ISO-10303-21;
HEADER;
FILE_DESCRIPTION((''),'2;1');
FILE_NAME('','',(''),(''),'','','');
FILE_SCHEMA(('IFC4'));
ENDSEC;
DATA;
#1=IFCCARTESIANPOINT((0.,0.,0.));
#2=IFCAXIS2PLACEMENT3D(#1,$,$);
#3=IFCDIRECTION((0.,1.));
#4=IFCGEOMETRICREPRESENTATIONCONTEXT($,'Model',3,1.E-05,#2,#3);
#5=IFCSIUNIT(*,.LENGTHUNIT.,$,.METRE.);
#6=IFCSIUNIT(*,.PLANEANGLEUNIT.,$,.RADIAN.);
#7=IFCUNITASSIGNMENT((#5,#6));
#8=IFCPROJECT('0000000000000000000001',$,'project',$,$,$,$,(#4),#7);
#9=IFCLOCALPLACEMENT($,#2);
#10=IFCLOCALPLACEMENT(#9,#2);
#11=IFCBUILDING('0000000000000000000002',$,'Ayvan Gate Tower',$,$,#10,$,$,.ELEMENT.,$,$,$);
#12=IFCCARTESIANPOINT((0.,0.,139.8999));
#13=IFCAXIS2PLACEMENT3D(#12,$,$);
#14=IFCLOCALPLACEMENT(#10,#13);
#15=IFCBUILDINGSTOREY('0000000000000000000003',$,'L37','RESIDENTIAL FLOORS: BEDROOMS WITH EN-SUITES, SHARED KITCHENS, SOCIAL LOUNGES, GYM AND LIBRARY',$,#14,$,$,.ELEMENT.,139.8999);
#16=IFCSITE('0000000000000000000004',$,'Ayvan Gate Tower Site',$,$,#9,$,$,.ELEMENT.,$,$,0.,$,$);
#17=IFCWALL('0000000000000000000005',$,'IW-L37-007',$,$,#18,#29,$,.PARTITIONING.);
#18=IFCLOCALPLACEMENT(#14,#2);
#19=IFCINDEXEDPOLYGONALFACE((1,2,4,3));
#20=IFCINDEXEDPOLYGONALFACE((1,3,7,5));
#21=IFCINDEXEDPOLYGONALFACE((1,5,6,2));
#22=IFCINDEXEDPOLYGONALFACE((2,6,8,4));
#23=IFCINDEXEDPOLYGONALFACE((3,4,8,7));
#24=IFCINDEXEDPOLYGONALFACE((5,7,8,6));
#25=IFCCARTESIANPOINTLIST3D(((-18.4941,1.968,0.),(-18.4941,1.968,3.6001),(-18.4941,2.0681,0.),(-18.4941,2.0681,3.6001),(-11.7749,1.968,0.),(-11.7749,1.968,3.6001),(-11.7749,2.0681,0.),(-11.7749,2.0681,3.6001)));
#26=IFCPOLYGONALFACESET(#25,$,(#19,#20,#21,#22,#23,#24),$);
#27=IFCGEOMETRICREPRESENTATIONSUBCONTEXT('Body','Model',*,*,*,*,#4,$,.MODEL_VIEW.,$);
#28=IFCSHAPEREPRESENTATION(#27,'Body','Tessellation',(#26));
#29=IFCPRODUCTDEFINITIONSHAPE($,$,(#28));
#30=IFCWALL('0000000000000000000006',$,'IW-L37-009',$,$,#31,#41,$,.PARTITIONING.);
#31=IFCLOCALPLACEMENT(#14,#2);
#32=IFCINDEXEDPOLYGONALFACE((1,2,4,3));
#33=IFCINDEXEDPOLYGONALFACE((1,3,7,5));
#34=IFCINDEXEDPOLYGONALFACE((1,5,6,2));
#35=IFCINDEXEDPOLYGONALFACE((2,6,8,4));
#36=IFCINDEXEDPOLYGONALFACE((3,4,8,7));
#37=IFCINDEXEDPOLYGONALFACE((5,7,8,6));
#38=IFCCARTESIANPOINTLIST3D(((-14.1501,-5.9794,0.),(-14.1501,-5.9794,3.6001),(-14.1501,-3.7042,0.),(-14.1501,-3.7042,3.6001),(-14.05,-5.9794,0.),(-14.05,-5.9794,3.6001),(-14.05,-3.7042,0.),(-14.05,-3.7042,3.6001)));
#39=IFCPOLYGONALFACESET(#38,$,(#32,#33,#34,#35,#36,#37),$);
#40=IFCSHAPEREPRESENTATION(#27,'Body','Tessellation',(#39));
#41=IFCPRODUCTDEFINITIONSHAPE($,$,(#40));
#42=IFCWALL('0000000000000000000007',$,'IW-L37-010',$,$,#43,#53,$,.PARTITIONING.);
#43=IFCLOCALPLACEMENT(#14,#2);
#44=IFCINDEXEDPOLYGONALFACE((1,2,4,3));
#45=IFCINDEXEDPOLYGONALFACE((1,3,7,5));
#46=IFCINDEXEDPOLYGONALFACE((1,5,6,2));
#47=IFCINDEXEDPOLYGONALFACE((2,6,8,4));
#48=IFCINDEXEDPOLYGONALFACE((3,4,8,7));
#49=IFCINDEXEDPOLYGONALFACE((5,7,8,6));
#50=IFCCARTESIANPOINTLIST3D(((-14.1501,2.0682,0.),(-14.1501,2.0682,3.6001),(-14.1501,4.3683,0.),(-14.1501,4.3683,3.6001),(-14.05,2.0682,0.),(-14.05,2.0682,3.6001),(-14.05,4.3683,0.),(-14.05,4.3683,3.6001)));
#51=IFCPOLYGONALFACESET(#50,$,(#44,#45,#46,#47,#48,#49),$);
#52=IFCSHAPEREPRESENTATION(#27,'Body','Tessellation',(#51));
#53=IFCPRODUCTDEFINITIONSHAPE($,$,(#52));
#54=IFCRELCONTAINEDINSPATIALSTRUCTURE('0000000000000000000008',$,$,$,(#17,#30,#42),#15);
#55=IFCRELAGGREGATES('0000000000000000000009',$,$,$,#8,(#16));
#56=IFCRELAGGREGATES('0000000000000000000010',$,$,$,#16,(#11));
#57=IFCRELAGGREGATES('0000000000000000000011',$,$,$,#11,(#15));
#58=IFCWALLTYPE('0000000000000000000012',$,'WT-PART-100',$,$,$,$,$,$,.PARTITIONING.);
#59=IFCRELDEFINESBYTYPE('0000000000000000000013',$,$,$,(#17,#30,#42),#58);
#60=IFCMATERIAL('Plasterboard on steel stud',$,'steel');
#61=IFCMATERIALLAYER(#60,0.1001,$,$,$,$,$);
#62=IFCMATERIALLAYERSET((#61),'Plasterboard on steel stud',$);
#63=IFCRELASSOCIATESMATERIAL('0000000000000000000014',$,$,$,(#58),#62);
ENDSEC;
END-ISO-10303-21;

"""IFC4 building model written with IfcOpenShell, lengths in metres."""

from ifc_helpers import new_model, si_unit, direction, frame, frame_2d, origin, place, context, subcontext, project, spatial, rectangle, extrude, material, layer, layer_set, type_object, element, save


model = new_model("IFC4")

# Units and contexts
model_context = context("Model", 3, precision=1e-05, world=origin(), true_north=direction((0.0, 1.0)))
body_context = subcontext(model_context, "Body", "Model", "MODEL_VIEW")
ifc_project = project(units=[si_unit("LENGTHUNIT", "METRE"), si_unit("PLANEANGLEUNIT", "RADIAN")], contexts=[model_context])

# Site, building, storey
site_placement = place(None, origin())
site = spatial("IfcSite", under=ifc_project, at=site_placement, Name="Ayvan Gate Tower Site", CompositionType="ELEMENT", RefElevation=0.0)
building_placement = place(site_placement, origin())
building = spatial("IfcBuilding", under=site, at=building_placement, Name="Ayvan Gate Tower", CompositionType="ELEMENT")
storey_placement = place(building_placement, frame((0.0, 0.0, 139.8999)))
storey = spatial("IfcBuildingStorey", under=building, at=storey_placement, Name="L37", Description="RESIDENTIAL FLOORS: BEDROOMS WITH EN-SUITES, SHARED KITCHENS, SOCIAL LOUNGES, GYM AND LIBRARY", CompositionType="ELEMENT", Elevation=139.8999)

# Shared definitions
ifc_material_1 = material(Name="Plasterboard on steel stud", Category="steel")

# Shared definitions
ifc_layer_1 = layer(ifc_material_1, 0.1001)
ifc_layer_set_1 = layer_set([ifc_layer_1], Name="Plasterboard on steel stud")
wall_type_1 = type_object("IfcWallType", Name="WT-PART-100", PredefinedType="PARTITIONING", material=ifc_layer_set_1)

# Walls
wall_1_placement = place(storey_placement, frame((-18.4941, 2.0181, 0.0), z_axis=(0.0, 0.0, 1.0), x_axis=(1.0, 0.0, 0.0)))
element("IfcWall", 1, at=wall_1_placement, inside=storey, type_object=wall_type_1, Name="IW-L37-007", PredefinedType="PARTITIONING", context=body_context, shape_type="SweptSolid", body=[
    extrude(rectangle(XDim=6.7192, YDim=0.1001, at=frame_2d((3.3596, 0.0))), origin(), (0.0, 0.0, 1.0), 3.6001),
])
wall_2_placement = place(storey_placement, frame((-14.1001, -3.7041, 0.0), z_axis=(0.0, 0.0, 1.0), x_axis=(0.0, -1.0, 0.0)))
element("IfcWall", 2, at=wall_2_placement, inside=storey, type_object=wall_type_1, Name="IW-L37-009", PredefinedType="PARTITIONING", context=body_context, shape_type="SweptSolid", body=[
    extrude(rectangle(XDim=2.2751, YDim=0.1001, at=frame_2d((1.1377, 0.0))), origin(), (0.0, 0.0, 1.0), 3.6001),
])
wall_3_placement = place(storey_placement, frame((-14.1001, 4.3682, 0.0), z_axis=(0.0, 0.0, 1.0), x_axis=(0.0, -1.0, 0.0)))
element("IfcWall", 3, at=wall_3_placement, inside=storey, type_object=wall_type_1, Name="IW-L37-010", PredefinedType="PARTITIONING", context=body_context, shape_type="SweptSolid", body=[
    extrude(rectangle(XDim=2.3, YDim=0.1001, at=frame_2d((1.1499, 0.0))), origin(), (0.0, 0.0, 1.0), 3.6001),
])

save(model, "model.ifc")
